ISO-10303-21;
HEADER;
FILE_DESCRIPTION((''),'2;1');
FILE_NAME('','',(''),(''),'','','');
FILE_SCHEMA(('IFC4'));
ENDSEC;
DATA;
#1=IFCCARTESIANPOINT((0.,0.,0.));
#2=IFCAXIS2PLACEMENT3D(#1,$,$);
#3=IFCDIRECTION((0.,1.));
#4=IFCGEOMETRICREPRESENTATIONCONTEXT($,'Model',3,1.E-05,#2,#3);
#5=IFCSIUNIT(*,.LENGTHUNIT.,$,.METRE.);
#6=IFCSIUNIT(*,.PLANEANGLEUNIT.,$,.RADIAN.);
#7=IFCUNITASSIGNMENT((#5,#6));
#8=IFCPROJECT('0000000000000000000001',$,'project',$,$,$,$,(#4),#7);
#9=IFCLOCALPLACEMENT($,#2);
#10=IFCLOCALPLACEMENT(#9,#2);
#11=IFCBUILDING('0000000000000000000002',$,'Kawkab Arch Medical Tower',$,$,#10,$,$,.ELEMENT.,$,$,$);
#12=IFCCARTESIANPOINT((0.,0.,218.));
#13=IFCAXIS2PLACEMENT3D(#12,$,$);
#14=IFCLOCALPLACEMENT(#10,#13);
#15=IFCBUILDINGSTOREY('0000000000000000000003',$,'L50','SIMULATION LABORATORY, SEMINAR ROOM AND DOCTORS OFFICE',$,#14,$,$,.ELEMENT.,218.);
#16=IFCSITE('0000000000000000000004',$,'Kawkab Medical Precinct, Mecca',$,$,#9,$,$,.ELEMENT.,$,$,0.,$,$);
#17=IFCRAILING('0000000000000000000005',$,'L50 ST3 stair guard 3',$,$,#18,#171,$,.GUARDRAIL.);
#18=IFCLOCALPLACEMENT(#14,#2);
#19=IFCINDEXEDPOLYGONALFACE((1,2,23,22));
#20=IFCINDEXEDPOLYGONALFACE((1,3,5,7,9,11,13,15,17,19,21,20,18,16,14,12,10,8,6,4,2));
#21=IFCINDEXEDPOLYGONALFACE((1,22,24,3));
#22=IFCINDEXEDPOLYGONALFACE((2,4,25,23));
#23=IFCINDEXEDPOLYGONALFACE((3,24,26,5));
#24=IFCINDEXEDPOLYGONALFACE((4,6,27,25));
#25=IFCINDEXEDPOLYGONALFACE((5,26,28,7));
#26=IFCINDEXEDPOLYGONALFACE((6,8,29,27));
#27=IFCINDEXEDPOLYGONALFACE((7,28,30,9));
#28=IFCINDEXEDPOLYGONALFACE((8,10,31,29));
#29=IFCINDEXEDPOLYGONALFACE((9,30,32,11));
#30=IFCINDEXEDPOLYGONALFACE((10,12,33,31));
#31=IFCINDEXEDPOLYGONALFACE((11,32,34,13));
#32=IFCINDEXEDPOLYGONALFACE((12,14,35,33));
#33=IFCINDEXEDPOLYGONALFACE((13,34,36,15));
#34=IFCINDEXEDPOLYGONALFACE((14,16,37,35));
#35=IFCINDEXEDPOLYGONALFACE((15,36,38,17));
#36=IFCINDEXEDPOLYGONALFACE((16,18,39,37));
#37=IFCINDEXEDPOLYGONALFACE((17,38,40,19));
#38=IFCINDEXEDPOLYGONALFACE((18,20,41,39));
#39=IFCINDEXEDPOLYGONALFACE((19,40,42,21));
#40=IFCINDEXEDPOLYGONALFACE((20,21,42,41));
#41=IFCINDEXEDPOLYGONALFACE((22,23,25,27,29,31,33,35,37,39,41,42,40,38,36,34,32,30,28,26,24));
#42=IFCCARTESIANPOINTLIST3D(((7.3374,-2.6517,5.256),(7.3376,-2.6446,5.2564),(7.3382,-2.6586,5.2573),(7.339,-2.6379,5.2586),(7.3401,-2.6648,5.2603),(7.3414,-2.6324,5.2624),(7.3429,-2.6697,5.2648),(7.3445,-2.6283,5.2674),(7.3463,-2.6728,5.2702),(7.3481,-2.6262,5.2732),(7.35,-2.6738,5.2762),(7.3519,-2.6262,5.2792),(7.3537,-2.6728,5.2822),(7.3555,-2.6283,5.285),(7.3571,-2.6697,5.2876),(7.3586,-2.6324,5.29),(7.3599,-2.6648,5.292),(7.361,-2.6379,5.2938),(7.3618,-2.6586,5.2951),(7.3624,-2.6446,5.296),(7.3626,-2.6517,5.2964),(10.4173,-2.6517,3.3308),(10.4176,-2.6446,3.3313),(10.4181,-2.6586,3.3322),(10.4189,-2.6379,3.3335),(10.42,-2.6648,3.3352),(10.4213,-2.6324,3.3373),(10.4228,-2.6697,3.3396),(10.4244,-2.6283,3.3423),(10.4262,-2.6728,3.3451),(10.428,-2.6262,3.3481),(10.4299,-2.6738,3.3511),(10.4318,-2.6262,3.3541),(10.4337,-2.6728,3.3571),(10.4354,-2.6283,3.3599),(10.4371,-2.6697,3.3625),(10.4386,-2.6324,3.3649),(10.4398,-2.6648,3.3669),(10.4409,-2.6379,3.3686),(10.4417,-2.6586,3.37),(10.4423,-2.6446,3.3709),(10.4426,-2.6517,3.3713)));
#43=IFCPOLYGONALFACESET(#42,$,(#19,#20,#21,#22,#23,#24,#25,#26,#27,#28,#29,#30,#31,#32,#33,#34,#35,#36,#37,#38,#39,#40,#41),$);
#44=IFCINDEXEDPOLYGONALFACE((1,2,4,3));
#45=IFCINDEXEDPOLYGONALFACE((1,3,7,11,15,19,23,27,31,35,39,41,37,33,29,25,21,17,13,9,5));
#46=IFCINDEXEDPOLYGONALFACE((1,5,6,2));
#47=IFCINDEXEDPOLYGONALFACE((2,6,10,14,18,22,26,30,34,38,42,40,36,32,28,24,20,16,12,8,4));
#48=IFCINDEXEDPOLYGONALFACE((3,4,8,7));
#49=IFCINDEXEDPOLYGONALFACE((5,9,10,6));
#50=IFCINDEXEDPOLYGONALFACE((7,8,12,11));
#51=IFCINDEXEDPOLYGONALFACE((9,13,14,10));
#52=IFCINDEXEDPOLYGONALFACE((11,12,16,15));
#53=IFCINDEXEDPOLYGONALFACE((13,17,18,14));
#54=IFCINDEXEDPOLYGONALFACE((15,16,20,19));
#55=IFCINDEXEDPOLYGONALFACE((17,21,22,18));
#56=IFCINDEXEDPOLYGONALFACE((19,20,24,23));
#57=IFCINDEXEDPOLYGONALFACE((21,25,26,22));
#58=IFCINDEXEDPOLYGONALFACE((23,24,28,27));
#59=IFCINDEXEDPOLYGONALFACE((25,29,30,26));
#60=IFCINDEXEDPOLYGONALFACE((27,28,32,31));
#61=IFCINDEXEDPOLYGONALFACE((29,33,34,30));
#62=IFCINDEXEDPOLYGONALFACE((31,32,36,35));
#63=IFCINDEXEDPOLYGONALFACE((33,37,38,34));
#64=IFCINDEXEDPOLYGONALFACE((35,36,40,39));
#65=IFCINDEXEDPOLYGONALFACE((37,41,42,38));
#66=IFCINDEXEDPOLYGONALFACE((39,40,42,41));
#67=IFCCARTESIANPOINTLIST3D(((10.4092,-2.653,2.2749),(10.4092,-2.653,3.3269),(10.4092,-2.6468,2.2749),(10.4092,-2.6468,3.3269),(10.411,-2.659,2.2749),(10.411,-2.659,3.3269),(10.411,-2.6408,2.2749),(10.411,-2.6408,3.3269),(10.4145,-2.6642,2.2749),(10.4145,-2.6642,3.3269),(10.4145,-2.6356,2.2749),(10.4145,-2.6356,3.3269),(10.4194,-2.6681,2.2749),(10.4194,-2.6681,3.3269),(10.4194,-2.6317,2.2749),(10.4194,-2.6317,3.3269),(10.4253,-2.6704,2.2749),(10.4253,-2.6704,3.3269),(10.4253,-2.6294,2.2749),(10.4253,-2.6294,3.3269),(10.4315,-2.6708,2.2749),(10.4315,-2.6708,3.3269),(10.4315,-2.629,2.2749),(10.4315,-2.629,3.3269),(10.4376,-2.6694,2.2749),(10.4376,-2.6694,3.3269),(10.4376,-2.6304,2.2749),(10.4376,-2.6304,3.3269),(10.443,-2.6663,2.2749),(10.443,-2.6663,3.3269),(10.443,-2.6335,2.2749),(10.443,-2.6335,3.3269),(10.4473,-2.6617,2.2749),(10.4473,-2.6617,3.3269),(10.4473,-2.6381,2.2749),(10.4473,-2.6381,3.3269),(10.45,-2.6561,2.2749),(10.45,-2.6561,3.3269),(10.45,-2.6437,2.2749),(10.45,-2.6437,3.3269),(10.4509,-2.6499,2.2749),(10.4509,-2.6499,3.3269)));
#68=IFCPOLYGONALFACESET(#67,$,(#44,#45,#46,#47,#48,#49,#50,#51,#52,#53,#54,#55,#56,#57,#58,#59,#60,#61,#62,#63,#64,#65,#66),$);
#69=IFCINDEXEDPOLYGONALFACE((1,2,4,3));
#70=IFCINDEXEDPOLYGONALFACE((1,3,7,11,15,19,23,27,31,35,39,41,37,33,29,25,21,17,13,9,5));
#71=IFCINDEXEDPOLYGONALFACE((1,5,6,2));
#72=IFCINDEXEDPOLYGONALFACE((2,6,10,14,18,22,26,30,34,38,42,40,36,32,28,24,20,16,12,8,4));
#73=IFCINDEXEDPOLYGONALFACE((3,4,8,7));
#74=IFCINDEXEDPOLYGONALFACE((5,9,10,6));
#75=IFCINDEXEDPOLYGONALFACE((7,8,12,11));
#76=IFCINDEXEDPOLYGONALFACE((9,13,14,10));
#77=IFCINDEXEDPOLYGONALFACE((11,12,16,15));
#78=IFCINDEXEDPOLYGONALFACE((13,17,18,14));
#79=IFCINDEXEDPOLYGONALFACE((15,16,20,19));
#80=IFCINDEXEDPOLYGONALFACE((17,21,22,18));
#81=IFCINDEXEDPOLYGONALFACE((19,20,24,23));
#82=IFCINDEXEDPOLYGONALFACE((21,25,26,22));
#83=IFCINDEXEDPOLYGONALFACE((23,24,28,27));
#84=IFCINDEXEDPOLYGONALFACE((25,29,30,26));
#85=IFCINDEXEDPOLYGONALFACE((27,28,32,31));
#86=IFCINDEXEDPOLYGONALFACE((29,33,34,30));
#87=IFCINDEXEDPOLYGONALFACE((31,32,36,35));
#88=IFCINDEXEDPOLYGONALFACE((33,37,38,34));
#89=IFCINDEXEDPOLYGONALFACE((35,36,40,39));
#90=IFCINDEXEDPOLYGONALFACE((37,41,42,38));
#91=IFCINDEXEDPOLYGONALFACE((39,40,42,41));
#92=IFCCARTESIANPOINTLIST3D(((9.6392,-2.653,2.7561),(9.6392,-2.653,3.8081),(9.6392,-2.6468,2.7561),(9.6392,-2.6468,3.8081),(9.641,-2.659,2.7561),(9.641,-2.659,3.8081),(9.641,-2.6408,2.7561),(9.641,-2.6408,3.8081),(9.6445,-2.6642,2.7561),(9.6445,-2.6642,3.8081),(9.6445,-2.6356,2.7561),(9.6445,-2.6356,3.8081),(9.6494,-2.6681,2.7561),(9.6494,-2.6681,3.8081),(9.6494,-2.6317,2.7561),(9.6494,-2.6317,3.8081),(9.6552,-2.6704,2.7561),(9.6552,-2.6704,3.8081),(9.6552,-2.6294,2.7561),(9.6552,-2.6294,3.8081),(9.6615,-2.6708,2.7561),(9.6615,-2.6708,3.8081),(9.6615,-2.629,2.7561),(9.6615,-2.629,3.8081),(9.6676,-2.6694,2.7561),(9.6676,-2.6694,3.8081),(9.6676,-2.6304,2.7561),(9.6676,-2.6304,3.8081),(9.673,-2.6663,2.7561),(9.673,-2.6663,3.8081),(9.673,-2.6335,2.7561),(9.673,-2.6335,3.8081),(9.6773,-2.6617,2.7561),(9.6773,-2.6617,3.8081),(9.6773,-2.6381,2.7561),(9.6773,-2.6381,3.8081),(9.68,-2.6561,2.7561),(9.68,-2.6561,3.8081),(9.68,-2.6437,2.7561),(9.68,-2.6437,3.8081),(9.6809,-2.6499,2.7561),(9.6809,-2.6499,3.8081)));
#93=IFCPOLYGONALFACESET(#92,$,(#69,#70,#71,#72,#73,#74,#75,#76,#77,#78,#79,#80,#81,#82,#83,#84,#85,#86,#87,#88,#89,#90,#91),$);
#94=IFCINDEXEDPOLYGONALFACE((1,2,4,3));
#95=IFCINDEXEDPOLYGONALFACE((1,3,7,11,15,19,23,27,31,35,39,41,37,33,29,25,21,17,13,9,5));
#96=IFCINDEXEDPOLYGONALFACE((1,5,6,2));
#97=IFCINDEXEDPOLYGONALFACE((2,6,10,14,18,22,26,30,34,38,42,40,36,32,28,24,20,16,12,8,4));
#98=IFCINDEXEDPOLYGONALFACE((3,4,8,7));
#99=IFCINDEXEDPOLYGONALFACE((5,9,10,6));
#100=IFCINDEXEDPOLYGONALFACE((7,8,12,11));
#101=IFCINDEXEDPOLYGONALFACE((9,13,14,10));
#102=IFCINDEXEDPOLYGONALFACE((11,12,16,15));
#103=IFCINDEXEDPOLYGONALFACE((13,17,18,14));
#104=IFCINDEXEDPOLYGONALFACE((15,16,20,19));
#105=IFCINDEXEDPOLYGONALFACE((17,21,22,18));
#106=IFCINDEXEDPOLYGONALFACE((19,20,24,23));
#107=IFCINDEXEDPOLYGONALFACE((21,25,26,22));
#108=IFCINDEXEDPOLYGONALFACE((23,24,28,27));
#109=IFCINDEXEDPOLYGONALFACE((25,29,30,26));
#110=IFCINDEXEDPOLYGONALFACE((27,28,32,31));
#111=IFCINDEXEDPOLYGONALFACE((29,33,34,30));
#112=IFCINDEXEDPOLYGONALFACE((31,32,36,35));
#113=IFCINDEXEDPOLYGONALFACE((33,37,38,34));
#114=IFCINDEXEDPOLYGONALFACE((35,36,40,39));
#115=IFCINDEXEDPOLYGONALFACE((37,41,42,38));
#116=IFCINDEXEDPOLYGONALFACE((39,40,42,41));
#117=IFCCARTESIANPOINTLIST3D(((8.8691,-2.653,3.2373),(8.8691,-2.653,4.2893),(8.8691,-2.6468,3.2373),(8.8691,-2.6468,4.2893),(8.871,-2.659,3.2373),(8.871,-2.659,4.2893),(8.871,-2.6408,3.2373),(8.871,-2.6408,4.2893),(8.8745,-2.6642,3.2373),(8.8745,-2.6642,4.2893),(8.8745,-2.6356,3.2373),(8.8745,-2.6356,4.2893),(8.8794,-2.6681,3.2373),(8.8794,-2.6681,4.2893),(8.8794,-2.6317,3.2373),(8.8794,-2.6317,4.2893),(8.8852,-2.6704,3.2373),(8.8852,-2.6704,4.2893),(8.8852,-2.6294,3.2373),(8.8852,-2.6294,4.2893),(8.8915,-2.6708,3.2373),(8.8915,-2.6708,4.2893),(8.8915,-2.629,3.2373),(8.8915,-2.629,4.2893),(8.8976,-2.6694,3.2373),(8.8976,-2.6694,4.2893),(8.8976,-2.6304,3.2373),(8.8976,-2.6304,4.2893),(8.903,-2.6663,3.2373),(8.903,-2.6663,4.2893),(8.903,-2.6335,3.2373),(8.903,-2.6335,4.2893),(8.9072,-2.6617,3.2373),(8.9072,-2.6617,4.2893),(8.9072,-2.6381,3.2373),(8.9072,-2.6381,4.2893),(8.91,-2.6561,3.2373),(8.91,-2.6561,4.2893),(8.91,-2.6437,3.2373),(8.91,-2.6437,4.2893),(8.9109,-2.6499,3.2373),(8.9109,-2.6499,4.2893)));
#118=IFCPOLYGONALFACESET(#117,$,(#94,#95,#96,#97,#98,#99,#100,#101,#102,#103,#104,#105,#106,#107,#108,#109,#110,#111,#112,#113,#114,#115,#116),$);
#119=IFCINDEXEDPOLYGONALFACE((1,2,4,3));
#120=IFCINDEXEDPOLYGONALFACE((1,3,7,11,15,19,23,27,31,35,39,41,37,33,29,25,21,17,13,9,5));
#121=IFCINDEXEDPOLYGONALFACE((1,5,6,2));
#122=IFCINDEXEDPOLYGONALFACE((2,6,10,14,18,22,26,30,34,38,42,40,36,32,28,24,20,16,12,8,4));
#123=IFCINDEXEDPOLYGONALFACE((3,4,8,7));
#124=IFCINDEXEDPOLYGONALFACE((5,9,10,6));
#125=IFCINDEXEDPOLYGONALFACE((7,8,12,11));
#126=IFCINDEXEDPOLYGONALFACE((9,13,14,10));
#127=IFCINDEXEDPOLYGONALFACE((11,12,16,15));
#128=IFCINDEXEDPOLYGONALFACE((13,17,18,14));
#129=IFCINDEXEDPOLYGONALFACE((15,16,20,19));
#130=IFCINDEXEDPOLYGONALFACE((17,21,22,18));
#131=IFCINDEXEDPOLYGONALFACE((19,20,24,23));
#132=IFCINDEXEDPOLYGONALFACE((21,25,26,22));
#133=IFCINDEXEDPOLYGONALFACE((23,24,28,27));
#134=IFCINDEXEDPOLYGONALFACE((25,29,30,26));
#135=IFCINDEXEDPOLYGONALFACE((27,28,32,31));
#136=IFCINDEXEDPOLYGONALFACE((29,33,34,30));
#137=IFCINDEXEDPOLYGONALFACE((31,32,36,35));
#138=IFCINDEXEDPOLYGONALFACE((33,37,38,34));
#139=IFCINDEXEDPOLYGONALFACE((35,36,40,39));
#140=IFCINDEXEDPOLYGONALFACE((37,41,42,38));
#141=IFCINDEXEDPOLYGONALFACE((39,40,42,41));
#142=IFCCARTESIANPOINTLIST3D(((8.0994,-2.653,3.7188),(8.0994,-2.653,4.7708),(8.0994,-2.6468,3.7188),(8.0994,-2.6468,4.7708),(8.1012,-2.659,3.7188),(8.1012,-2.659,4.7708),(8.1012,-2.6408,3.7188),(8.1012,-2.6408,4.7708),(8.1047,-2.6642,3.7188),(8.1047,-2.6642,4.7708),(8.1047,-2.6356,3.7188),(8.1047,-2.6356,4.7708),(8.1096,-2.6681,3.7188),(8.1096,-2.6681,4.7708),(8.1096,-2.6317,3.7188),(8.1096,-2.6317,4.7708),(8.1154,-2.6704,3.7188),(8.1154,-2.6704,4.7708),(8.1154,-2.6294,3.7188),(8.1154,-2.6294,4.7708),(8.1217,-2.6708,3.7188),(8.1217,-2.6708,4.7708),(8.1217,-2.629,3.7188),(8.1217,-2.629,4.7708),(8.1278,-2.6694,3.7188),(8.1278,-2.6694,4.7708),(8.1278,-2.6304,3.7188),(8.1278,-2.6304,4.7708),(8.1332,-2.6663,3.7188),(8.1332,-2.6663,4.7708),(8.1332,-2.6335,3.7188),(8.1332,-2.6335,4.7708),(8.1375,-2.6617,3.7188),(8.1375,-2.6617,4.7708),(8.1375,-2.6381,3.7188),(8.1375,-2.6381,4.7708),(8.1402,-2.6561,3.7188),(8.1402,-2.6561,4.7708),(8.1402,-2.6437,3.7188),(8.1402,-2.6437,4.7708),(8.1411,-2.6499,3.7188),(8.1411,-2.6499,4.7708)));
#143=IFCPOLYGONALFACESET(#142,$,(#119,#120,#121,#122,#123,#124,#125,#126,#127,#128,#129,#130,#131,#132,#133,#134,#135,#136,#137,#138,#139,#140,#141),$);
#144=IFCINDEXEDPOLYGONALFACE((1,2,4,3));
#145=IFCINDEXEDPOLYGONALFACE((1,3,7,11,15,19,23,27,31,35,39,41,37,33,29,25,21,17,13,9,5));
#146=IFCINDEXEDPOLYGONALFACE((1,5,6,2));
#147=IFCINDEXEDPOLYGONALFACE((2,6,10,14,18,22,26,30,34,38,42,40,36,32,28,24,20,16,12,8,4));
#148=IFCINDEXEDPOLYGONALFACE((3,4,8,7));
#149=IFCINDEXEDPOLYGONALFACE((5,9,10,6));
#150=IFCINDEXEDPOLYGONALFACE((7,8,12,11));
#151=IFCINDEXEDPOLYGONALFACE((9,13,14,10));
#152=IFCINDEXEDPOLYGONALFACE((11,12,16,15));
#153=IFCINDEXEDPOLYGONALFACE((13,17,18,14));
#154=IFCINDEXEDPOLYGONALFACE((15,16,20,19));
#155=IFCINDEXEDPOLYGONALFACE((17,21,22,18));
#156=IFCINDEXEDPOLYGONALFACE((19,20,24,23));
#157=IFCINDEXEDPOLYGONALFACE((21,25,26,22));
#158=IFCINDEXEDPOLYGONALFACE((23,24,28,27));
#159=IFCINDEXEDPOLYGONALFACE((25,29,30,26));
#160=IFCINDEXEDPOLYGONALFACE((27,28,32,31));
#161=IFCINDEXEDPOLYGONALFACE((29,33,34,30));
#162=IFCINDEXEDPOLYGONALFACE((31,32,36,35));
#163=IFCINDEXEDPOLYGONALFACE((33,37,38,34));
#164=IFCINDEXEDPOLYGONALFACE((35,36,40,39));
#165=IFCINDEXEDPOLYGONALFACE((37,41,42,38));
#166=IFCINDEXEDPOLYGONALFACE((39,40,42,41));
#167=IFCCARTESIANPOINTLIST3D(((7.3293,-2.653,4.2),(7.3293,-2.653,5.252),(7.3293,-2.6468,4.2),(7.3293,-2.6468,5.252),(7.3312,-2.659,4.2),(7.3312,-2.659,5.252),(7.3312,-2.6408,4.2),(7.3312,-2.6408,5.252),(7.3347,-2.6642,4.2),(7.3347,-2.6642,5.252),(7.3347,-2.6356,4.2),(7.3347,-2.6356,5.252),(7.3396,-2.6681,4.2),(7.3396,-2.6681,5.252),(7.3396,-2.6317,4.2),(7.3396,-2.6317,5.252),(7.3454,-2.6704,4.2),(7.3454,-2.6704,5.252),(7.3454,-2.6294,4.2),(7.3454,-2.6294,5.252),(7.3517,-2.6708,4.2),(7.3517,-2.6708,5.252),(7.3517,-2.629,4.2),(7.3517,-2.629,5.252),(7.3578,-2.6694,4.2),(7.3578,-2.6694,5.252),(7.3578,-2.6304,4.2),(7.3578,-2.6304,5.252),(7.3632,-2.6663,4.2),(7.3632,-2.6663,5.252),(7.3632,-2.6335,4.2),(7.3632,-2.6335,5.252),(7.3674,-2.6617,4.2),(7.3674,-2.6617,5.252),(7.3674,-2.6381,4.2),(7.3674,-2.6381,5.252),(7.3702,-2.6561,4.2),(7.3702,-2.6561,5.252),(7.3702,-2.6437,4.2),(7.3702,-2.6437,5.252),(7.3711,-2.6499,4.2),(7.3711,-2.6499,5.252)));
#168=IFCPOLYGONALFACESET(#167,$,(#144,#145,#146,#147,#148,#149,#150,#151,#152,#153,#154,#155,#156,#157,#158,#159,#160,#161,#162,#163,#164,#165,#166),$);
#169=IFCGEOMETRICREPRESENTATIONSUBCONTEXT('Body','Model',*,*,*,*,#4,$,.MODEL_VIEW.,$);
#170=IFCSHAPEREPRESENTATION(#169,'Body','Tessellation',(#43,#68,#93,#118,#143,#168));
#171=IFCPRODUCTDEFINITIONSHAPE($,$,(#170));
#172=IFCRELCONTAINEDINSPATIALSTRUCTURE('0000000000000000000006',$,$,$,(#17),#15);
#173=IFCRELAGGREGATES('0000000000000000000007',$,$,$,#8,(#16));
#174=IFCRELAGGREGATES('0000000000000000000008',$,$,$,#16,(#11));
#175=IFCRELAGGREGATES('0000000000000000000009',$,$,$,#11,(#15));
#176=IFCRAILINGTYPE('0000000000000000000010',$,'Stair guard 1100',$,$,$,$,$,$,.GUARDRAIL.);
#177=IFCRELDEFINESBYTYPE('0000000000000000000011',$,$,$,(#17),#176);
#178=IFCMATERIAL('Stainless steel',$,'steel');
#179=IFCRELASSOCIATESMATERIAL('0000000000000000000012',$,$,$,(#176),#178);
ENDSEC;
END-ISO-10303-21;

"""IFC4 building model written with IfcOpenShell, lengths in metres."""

from ifc_helpers import new_model, si_unit, direction, frame, origin, origin_2d, place, context, subcontext, project, spatial, circle, extrude, material, type_object, element, save


model = new_model("IFC4")

# Units and contexts
model_context = context("Model", 3, precision=1e-05, world=origin(), true_north=direction((0.0, 1.0)))
body_context = subcontext(model_context, "Body", "Model", "MODEL_VIEW")
ifc_project = project(units=[si_unit("LENGTHUNIT", "METRE"), si_unit("PLANEANGLEUNIT", "RADIAN")], contexts=[model_context])

# Site, building, storey
site_placement = place(None, origin())
site = spatial("IfcSite", under=ifc_project, at=site_placement, Name="Kawkab Medical Precinct, Mecca", CompositionType="ELEMENT", RefElevation=0.0)
building_placement = place(site_placement, origin())
building = spatial("IfcBuilding", under=site, at=building_placement, Name="Kawkab Arch Medical Tower", CompositionType="ELEMENT")
storey_placement = place(building_placement, frame((0.0, 0.0, 218.0)))
storey = spatial("IfcBuildingStorey", under=building, at=storey_placement, Name="L50", Description="SIMULATION LABORATORY, SEMINAR ROOM AND DOCTORS OFFICE", CompositionType="ELEMENT", Elevation=218.0)

# Railing
ifc_material_1 = material(Name="Stainless steel", Category="steel")
railing_type_1 = type_object("IfcRailingType", Name="Stair guard 1100", PredefinedType="GUARDRAIL", material=ifc_material_1)
railing_1_placement = place(storey_placement, frame((10.4299, -2.6499, 2.2749)))
element("IfcRailing", 1, at=railing_1_placement, inside=storey, type_object=railing_type_1, Name="L50 ST3 stair guard 3", PredefinedType="GUARDRAIL", context=body_context, shape_type="SweptSolid", body=[
    extrude(circle(Radius=0.0239, at=origin_2d()), frame((0.0, 0.0, 1.0762), z_axis=(-0.847979, 0.0, 0.530029), x_axis=(0.0, -1.0, 0.0)), (0.0, 0.0, 1.0), 3.6321),
    extrude(circle(Radius=0.021, at=origin_2d()), origin(), (0.0, 0.0, 1.0), 1.052),
    extrude(circle(Radius=0.021, at=origin_2d()), frame((-0.77, 0.0, 0.4812)), (0.0, 0.0, 1.0), 1.052),
    extrude(circle(Radius=0.021, at=origin_2d()), frame((-1.54, 0.0, 0.9624)), (0.0, 0.0, 1.0), 1.052),
    extrude(circle(Radius=0.021, at=origin_2d()), frame((-2.3098, 0.0, 1.4438)), (0.0, 0.0, 1.0), 1.052),
    extrude(circle(Radius=0.021, at=origin_2d()), frame((-3.0798, 0.0, 1.925)), (0.0, 0.0, 1.0), 1.052),
])

save(model, "model.ifc")
